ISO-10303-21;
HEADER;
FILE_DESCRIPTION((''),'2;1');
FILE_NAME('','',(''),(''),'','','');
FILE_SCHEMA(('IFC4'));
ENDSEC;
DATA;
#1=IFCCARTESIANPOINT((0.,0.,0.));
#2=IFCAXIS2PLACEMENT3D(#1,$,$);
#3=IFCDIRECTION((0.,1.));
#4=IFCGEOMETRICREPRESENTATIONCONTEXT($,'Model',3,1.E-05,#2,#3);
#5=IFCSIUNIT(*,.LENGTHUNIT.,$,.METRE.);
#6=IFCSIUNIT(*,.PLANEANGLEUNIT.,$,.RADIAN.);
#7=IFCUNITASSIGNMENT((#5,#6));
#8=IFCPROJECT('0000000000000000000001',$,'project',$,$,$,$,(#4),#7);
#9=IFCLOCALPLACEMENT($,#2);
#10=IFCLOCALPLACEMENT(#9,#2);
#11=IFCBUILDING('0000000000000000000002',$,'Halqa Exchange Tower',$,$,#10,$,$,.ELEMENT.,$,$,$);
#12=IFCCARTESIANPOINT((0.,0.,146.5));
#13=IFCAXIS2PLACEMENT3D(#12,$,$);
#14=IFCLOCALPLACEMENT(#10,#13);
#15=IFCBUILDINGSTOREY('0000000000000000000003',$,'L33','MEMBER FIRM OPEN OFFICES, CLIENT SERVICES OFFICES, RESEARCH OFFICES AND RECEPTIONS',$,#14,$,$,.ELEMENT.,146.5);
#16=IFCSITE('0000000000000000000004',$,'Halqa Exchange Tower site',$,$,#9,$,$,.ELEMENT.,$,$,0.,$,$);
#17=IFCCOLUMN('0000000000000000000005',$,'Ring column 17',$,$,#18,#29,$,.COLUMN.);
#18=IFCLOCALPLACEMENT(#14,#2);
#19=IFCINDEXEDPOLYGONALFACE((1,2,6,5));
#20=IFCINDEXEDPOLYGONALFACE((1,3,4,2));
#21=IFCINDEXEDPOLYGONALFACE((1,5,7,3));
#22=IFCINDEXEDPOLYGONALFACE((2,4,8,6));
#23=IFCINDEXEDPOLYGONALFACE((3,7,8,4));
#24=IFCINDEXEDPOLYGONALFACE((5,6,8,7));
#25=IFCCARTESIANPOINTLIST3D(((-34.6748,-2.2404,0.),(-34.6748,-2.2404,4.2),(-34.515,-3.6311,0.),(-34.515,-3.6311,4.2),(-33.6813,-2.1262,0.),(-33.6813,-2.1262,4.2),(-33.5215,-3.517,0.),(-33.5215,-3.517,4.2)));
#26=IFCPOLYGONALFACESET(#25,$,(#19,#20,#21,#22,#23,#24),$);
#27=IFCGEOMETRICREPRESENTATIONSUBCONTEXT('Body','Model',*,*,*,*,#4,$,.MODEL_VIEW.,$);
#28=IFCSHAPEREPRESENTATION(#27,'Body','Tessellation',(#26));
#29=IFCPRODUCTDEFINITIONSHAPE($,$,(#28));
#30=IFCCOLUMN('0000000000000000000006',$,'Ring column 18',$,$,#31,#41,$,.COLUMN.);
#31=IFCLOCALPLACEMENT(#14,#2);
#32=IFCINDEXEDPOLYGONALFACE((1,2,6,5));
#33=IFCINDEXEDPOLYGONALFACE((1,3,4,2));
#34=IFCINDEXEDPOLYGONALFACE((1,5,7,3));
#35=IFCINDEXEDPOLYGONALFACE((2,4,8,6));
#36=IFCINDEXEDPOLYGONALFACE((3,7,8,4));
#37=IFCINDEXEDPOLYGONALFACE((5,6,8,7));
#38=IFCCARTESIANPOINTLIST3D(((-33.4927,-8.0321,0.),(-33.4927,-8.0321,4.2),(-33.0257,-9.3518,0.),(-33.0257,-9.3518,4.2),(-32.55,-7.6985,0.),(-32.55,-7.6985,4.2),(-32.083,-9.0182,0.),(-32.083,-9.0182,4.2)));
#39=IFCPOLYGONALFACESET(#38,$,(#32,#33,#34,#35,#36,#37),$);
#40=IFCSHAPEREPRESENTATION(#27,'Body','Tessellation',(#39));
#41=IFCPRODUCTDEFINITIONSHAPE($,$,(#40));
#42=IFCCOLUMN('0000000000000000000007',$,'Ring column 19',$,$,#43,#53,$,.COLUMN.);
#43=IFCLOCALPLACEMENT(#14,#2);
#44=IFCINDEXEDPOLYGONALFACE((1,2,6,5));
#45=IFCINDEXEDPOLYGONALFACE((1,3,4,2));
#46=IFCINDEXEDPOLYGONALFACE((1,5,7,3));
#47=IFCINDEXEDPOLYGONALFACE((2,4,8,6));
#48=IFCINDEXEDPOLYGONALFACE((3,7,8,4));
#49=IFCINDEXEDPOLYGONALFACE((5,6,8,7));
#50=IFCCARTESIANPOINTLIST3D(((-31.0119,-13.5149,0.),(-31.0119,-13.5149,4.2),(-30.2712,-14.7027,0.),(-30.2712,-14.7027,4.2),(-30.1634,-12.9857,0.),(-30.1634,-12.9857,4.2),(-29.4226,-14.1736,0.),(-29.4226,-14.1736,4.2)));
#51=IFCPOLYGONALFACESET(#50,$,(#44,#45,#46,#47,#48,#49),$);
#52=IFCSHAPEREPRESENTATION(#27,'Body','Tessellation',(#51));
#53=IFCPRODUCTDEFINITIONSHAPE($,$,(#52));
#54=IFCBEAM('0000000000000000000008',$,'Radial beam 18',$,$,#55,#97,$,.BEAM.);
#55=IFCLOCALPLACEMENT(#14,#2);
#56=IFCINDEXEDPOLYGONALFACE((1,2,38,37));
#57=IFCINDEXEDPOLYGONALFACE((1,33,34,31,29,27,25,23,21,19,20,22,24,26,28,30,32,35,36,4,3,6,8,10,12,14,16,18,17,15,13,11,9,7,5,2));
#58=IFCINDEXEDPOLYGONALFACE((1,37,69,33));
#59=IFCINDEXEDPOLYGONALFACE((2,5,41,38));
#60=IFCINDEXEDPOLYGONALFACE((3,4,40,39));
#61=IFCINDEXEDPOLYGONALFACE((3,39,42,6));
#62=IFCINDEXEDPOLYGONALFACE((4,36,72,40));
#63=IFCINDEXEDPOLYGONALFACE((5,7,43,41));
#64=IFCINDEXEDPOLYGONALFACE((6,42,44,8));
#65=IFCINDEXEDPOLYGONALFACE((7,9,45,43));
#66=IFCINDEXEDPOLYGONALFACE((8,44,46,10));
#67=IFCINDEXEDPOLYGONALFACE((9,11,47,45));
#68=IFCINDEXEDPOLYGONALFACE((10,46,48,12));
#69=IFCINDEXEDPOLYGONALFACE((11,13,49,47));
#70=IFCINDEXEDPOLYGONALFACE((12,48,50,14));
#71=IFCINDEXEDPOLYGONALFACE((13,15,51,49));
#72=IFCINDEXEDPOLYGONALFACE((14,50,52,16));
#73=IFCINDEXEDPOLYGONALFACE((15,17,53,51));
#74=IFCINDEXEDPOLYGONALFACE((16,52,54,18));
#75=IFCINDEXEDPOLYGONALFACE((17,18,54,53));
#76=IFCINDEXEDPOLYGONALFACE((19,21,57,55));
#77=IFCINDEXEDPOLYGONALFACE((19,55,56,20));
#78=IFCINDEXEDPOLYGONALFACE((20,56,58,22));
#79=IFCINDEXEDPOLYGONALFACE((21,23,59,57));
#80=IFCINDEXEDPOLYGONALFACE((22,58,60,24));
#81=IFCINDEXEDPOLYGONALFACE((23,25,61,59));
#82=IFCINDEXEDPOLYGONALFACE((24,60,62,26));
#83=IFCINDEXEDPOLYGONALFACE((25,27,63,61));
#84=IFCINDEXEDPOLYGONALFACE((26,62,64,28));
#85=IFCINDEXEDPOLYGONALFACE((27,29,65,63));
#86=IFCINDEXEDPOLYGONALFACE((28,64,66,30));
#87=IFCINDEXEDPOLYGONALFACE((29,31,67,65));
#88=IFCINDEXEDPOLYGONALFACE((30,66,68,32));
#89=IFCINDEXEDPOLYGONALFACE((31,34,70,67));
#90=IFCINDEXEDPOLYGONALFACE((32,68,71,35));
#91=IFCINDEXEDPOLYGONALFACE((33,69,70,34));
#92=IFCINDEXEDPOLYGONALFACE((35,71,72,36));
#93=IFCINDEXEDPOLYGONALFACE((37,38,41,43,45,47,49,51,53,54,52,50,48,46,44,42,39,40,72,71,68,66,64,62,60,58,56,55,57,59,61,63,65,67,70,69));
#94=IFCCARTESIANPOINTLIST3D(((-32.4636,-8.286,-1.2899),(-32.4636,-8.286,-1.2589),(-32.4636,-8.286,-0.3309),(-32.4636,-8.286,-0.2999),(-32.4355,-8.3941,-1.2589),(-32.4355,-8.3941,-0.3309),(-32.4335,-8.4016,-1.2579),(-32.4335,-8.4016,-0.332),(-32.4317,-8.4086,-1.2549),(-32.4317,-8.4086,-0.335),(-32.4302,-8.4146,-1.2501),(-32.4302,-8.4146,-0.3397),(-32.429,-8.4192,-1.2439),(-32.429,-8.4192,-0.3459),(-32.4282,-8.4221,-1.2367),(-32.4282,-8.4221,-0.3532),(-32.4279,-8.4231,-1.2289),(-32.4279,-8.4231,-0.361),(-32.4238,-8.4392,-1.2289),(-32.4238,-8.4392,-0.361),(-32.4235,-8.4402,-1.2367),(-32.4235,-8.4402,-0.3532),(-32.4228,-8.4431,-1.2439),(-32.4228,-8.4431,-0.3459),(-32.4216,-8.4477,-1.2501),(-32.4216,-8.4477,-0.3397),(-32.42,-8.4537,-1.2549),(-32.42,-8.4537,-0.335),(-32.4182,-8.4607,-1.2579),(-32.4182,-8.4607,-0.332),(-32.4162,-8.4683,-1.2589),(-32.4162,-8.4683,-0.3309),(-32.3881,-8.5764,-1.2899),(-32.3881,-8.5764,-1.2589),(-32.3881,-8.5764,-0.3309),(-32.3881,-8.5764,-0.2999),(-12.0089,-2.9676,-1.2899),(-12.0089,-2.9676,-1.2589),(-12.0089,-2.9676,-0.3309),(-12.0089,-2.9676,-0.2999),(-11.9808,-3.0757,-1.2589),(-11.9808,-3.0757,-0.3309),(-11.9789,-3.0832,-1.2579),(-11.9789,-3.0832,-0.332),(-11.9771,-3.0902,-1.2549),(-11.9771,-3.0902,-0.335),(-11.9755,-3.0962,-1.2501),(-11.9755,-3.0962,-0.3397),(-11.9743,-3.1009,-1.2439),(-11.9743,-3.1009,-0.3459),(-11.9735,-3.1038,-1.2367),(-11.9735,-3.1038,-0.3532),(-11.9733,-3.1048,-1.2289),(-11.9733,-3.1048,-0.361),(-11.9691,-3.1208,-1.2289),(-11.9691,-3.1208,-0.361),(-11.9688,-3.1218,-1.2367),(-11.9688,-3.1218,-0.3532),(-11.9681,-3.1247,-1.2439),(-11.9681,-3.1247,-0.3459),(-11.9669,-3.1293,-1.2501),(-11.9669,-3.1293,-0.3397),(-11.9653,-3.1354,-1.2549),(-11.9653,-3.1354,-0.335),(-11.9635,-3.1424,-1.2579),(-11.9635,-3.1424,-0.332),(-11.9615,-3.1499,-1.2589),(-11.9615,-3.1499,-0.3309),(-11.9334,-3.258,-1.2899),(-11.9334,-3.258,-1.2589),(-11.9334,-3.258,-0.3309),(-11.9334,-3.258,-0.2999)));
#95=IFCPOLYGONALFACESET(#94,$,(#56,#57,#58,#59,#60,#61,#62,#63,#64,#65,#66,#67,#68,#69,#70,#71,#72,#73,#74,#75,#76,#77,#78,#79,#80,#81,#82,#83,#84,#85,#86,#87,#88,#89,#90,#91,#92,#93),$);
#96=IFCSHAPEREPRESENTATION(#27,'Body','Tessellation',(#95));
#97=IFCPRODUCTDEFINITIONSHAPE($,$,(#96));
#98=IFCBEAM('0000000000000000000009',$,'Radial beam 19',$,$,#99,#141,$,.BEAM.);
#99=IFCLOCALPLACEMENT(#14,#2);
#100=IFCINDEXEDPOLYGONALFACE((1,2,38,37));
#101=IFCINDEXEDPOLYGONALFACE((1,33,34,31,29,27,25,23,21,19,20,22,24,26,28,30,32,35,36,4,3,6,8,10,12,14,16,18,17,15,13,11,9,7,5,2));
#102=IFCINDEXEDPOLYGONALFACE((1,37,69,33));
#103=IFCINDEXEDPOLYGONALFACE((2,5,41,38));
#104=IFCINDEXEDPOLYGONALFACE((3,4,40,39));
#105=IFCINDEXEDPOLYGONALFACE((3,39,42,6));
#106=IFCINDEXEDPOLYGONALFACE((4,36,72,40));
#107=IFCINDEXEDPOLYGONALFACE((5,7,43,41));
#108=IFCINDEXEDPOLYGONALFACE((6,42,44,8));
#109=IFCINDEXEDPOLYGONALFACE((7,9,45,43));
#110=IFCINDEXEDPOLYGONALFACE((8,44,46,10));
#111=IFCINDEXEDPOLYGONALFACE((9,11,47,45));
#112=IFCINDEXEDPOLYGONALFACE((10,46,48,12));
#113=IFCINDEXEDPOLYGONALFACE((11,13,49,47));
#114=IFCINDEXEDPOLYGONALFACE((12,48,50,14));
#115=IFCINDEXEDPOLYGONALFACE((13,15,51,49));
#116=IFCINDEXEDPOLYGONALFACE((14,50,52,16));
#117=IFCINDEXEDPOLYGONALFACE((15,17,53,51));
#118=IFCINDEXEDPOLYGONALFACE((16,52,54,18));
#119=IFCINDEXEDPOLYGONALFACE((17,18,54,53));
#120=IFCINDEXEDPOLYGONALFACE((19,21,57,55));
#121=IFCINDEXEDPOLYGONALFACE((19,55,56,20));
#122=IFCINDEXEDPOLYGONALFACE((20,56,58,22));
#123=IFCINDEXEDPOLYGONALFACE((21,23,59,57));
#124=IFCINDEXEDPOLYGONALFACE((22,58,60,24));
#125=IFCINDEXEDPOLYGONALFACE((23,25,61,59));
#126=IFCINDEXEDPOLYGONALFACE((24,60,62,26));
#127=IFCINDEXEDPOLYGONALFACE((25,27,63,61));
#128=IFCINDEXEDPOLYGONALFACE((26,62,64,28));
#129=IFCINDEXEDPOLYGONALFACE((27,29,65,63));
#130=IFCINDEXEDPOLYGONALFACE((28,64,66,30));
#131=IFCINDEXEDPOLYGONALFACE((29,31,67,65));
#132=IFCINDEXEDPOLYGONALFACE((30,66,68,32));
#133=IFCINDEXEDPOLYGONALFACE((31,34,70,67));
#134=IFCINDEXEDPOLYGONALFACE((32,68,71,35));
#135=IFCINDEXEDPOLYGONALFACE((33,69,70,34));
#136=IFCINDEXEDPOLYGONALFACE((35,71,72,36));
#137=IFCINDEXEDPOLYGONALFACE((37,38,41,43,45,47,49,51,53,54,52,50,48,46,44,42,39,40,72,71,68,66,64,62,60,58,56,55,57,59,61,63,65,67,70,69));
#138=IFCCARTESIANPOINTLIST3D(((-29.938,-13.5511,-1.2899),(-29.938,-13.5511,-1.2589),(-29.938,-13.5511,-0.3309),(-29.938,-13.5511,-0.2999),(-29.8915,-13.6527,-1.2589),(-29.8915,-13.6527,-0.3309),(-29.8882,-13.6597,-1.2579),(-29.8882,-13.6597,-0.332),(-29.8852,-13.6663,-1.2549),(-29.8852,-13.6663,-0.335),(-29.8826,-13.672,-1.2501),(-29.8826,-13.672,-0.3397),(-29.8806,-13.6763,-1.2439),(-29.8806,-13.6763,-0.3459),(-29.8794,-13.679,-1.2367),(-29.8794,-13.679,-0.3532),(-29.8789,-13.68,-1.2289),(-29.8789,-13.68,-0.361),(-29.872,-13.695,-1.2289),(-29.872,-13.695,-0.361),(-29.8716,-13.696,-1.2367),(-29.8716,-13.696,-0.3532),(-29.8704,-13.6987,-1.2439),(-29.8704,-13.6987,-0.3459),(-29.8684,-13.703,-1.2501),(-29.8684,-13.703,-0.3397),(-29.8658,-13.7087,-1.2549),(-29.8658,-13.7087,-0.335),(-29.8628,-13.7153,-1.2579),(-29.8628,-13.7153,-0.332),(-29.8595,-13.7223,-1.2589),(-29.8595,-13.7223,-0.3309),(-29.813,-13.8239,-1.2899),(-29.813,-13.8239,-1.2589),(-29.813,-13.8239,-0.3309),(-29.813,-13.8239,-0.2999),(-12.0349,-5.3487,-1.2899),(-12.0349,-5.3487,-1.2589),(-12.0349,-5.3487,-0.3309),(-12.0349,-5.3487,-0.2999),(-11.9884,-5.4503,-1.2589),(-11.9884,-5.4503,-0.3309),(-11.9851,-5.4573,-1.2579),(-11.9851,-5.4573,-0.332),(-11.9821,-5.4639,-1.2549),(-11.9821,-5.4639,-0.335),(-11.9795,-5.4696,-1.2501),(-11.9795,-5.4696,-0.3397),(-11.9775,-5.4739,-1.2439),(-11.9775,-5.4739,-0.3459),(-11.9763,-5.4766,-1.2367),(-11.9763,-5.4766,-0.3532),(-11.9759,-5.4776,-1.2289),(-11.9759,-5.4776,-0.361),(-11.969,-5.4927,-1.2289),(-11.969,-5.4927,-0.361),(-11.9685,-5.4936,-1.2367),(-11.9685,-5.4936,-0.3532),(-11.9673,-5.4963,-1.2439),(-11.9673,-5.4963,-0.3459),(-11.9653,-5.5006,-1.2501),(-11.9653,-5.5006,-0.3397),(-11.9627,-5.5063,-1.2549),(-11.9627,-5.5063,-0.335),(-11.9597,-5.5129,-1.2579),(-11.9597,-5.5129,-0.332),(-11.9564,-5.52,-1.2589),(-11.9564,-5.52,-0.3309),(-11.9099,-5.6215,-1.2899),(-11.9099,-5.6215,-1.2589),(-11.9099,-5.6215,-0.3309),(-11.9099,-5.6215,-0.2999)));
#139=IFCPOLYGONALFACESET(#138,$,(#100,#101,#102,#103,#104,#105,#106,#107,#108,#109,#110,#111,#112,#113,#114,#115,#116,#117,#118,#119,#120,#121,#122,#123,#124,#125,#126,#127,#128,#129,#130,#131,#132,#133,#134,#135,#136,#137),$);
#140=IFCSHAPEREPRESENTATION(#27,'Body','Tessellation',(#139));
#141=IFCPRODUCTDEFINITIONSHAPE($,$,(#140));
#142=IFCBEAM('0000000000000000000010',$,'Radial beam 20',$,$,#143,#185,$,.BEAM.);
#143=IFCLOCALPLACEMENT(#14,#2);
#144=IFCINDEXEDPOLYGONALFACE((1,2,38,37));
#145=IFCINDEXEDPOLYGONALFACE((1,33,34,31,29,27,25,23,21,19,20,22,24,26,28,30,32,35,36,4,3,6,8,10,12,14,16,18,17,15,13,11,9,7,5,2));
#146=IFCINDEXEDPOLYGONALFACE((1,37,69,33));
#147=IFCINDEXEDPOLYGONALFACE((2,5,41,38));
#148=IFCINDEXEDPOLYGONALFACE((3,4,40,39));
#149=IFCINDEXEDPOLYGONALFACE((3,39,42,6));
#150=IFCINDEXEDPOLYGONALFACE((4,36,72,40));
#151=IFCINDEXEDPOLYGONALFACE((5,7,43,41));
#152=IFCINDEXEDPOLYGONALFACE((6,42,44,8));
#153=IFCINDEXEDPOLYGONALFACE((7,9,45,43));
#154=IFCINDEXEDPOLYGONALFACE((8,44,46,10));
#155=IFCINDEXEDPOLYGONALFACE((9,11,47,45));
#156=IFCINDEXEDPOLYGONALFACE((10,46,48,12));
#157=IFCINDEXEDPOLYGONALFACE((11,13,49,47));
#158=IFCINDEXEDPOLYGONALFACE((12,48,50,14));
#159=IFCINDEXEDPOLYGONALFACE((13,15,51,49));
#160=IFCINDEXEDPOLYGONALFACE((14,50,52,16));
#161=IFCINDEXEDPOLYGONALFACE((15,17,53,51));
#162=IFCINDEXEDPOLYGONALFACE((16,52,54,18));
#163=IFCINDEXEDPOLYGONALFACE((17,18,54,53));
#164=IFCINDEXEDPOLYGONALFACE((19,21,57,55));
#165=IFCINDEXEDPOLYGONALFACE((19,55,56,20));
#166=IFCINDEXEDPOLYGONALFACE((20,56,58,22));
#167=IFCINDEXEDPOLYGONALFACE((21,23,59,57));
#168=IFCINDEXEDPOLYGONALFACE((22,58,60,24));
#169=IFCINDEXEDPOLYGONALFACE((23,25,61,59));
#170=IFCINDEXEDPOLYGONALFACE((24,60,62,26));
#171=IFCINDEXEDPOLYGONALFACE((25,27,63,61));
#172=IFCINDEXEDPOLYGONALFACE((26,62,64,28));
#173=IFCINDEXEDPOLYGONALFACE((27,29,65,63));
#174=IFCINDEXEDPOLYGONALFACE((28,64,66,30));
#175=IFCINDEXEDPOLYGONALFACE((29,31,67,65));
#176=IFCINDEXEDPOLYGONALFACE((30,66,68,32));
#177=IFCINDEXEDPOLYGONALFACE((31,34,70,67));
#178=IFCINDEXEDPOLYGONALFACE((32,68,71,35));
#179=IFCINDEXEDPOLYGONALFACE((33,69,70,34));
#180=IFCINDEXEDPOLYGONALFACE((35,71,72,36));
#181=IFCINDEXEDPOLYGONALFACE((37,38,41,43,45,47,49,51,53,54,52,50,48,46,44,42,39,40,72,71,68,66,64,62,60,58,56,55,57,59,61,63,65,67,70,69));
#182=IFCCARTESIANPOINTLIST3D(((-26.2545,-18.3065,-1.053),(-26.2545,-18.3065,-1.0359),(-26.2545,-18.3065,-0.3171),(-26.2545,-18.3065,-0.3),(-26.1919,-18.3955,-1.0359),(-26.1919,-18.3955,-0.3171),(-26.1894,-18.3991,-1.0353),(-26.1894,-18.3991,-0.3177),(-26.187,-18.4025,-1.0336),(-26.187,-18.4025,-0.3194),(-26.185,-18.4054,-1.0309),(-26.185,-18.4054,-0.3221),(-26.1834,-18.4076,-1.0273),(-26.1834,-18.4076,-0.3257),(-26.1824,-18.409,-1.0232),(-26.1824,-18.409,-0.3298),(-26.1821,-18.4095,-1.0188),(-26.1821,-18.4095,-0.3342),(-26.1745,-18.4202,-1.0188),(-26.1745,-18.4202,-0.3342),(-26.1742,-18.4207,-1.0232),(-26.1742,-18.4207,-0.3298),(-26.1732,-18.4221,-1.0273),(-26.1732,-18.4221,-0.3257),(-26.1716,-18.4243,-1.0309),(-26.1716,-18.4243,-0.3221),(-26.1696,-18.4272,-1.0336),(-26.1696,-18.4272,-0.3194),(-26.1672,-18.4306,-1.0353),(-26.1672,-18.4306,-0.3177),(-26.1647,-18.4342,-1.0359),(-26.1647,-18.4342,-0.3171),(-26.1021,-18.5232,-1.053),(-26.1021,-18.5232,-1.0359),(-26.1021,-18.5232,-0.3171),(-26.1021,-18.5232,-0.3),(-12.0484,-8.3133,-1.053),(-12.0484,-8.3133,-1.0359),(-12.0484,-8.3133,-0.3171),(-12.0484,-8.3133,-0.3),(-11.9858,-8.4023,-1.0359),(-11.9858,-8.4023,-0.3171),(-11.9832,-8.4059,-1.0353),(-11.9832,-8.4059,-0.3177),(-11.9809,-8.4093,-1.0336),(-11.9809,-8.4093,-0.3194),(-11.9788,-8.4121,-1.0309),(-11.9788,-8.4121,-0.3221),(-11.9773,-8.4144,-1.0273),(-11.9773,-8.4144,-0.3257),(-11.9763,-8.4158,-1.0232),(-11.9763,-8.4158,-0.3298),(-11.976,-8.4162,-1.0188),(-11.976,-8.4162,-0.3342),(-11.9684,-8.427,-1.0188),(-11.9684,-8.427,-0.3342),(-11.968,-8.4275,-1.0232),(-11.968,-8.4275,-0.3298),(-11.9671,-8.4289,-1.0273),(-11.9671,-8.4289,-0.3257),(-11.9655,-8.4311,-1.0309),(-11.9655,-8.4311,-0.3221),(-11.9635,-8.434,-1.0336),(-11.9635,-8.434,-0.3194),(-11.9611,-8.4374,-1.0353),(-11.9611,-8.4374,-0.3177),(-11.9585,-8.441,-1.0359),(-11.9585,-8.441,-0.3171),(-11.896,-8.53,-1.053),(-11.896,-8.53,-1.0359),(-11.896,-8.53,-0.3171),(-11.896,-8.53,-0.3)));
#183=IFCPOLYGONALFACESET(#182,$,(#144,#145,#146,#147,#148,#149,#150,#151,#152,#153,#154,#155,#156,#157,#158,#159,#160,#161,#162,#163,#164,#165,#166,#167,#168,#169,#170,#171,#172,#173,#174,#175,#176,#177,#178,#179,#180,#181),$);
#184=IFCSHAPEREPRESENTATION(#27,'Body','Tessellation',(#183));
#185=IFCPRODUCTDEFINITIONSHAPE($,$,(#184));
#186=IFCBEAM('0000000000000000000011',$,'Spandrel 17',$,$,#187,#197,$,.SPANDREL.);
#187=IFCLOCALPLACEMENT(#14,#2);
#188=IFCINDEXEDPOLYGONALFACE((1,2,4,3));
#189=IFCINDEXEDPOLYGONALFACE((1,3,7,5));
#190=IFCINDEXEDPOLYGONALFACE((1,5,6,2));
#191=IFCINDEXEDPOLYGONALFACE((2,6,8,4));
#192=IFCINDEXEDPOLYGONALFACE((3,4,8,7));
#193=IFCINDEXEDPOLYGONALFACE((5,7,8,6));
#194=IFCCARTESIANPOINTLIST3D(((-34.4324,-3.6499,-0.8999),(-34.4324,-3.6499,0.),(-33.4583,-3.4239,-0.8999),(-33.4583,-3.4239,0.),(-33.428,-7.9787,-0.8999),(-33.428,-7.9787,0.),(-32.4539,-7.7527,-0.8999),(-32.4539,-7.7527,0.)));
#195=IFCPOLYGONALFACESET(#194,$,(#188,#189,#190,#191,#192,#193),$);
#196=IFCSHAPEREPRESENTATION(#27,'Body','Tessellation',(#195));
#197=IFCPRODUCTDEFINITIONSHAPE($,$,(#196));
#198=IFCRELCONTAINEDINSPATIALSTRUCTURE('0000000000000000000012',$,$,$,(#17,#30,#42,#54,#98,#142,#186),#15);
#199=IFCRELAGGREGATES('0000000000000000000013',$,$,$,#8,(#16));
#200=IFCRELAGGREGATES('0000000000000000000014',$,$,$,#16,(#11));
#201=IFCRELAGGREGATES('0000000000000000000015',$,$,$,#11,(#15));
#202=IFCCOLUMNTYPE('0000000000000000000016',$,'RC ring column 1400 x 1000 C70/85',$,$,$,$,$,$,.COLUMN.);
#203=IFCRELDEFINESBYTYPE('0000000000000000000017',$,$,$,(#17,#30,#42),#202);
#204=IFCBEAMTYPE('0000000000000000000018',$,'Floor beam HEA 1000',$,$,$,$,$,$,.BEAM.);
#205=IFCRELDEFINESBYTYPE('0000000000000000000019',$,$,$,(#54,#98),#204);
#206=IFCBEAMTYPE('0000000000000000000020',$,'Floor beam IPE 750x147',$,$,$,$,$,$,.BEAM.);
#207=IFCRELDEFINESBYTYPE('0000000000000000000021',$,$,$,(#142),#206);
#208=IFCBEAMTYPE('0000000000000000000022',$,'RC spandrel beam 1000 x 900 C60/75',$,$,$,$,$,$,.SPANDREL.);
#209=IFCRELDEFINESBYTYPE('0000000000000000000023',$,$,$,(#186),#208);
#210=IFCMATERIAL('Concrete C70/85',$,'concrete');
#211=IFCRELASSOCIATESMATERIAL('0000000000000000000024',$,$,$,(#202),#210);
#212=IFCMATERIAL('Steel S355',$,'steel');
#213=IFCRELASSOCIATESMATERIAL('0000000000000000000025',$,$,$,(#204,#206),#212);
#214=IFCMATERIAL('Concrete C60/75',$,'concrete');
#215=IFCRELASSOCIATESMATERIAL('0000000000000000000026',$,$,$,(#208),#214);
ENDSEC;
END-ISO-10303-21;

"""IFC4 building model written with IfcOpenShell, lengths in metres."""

from ifc_helpers import new_model, si_unit, direction, frame, origin, origin_2d, place, context, subcontext, project, spatial, rectangle, i_section, extrude, material, material_profile, profile_set, type_object, element, save


model = new_model("IFC4")

# Units and contexts
model_context = context("Model", 3, precision=1e-05, world=origin(), true_north=direction((0.0, 1.0)))
body_context = subcontext(model_context, "Body", "Model", "MODEL_VIEW")
ifc_project = project(units=[si_unit("LENGTHUNIT", "METRE"), si_unit("PLANEANGLEUNIT", "RADIAN")], contexts=[model_context])

# Site, building, storey
site_placement = place(None, origin())
site = spatial("IfcSite", under=ifc_project, at=site_placement, Name="Halqa Exchange Tower site", CompositionType="ELEMENT", RefElevation=0.0)
building_placement = place(site_placement, origin())
building = spatial("IfcBuilding", under=site, at=building_placement, Name="Halqa Exchange Tower", CompositionType="ELEMENT")
storey_placement = place(building_placement, frame((0.0, 0.0, 146.5)))
storey = spatial("IfcBuildingStorey", under=building, at=storey_placement, Name="L33", Description="MEMBER FIRM OPEN OFFICES, CLIENT SERVICES OFFICES, RESEARCH OFFICES AND RECEPTIONS", CompositionType="ELEMENT", Elevation=146.5)

# Columns
ifc_material_1 = material(Name="Concrete C70/85", Category="concrete")
ifc_material_profile_1 = material_profile(ifc_material_1, rectangle(XDim=1.3999, YDim=1.0, at=origin_2d()), Name="1400 x 1000")
ifc_profile_set_1 = profile_set([ifc_material_profile_1], Name="Concrete C70/85")
column_type = type_object("IfcColumnType", Name="RC ring column 1400 x 1000 C70/85", PredefinedType="COLUMN", material=ifc_profile_set_1)
for number, where, z_axis, x_axis, name in (
    (1, (-34.0981, -2.8787, 0.0), (0.0, 0.0, 1.0), (0.114159, -0.993463, 0.0), "Ring column 17"),
    (2, (-32.7878, -8.5251, 0.0), (0.0, 0.0, 1.0), (0.333629, -0.942704, 0.0), "Ring column 18"),
    (3, (-30.2173, -13.8442, 0.0), (0.0, 0.0, 1.0), (0.529138, -0.848536, 0.0), "Ring column 19"),
):
    element("IfcColumn", number, at=place(storey_placement, frame(where, z_axis=z_axis, x_axis=x_axis)), inside=storey, type_object=column_type, Name=name, PredefinedType="COLUMN", context=body_context, shape_type="SweptSolid", body=[
        extrude(rectangle(XDim=1.3999, YDim=1.0, at=origin_2d()), origin(), (0.0, 0.0, 1.0), 4.2),
    ])

# Beams
ifc_material_2 = material(Name="Steel S355", Category="steel")
ifc_material_profile_2 = material_profile(ifc_material_2, i_section(OverallWidth=0.3, OverallDepth=0.99, WebThickness=0.0166, FlangeThickness=0.031, FilletRadius=0.03, at=origin_2d()), Name="HEA 1000")
ifc_profile_set_2 = profile_set([ifc_material_profile_2], Name="Steel S355")
beam_type_1 = type_object("IfcBeamType", Name="Floor beam HEA 1000", PredefinedType="BEAM", material=ifc_profile_set_2)
beam_1_placement = place(storey_placement, frame((-11.9712, -3.1128, -0.7949), z_axis=(-0.967821, -0.251641, 0.0), x_axis=(0.251641, -0.967821, 0.0)))
element("IfcBeam", 4, at=beam_1_placement, inside=storey, type_object=beam_type_1, Name="Radial beam 18", PredefinedType="BEAM", context=body_context, shape_type="SweptSolid", body=[
    extrude(i_section(OverallWidth=0.3, OverallDepth=0.99, WebThickness=0.0166, FlangeThickness=0.031, FilletRadius=0.03, at=origin_2d()), origin(), (0.0, 0.0, 1.0), 21.1348),
])
beam_2_placement = place(storey_placement, frame((-11.9724, -5.4851, -0.7949), z_axis=(-0.909126, -0.416521, 0.0), x_axis=(0.416521, -0.909126, 0.0)))
element("IfcBeam", 5, at=beam_2_placement, inside=storey, type_object=beam_type_1, Name="Radial beam 19", PredefinedType="BEAM", context=body_context, shape_type="SweptSolid", body=[
    extrude(i_section(OverallWidth=0.3, OverallDepth=0.99, WebThickness=0.0166, FlangeThickness=0.031, FilletRadius=0.03, at=origin_2d()), origin(), (0.0, 0.0, 1.0), 19.6926),
])
ifc_material_profile_3 = material_profile(ifc_material_2, i_section(OverallWidth=0.2649, OverallDepth=0.7529, WebThickness=0.0132, FlangeThickness=0.0171, FilletRadius=0.0171, at=origin_2d()), Name="IPE 750x147")
ifc_profile_set_3 = profile_set([ifc_material_profile_3], Name="Steel S355")
beam_type_2 = type_object("IfcBeamType", Name="Floor beam IPE 750x147", PredefinedType="BEAM", material=ifc_profile_set_3)
beam_3_placement = place(storey_placement, frame((-11.9722, -8.4216, -0.6765), z_axis=(-0.817906, -0.575351, 0.0), x_axis=(0.575351, -0.817906, 0.0)))
element("IfcBeam", 6, at=beam_3_placement, inside=storey, type_object=beam_type_2, Name="Radial beam 20", PredefinedType="BEAM", context=body_context, shape_type="SweptSolid", body=[
    extrude(i_section(OverallWidth=0.2649, OverallDepth=0.7529, WebThickness=0.0132, FlangeThickness=0.0171, FilletRadius=0.0171, at=origin_2d()), origin(), (0.0, 0.0, 1.0), 17.3689),
])
ifc_material_3 = material(Name="Concrete C60/75", Category="concrete")
ifc_material_profile_4 = material_profile(ifc_material_3, rectangle(XDim=1.0, YDim=0.8999, at=origin_2d()), Name="1000 x 900")
ifc_profile_set_4 = profile_set([ifc_material_profile_4], Name="Concrete C60/75")
beam_type_3 = type_object("IfcBeamType", Name="RC spandrel beam 1000 x 900 C60/75", PredefinedType="SPANDREL", material=ifc_profile_set_4)
beam_4_placement = place(storey_placement, frame((-33.9453, -3.5369, -0.45), z_axis=(0.226019, -0.974123, 0.0), x_axis=(0.974123, 0.226019, 0.0)))
element("IfcBeam", 7, at=beam_4_placement, inside=storey, type_object=beam_type_3, Name="Spandrel 17", PredefinedType="SPANDREL", context=body_context, shape_type="SweptSolid", body=[
    extrude(rectangle(XDim=1.0, YDim=0.8999, at=origin_2d()), origin(), (0.0, 0.0, 1.0), 4.4438),
])

save(model, "model.ifc")
